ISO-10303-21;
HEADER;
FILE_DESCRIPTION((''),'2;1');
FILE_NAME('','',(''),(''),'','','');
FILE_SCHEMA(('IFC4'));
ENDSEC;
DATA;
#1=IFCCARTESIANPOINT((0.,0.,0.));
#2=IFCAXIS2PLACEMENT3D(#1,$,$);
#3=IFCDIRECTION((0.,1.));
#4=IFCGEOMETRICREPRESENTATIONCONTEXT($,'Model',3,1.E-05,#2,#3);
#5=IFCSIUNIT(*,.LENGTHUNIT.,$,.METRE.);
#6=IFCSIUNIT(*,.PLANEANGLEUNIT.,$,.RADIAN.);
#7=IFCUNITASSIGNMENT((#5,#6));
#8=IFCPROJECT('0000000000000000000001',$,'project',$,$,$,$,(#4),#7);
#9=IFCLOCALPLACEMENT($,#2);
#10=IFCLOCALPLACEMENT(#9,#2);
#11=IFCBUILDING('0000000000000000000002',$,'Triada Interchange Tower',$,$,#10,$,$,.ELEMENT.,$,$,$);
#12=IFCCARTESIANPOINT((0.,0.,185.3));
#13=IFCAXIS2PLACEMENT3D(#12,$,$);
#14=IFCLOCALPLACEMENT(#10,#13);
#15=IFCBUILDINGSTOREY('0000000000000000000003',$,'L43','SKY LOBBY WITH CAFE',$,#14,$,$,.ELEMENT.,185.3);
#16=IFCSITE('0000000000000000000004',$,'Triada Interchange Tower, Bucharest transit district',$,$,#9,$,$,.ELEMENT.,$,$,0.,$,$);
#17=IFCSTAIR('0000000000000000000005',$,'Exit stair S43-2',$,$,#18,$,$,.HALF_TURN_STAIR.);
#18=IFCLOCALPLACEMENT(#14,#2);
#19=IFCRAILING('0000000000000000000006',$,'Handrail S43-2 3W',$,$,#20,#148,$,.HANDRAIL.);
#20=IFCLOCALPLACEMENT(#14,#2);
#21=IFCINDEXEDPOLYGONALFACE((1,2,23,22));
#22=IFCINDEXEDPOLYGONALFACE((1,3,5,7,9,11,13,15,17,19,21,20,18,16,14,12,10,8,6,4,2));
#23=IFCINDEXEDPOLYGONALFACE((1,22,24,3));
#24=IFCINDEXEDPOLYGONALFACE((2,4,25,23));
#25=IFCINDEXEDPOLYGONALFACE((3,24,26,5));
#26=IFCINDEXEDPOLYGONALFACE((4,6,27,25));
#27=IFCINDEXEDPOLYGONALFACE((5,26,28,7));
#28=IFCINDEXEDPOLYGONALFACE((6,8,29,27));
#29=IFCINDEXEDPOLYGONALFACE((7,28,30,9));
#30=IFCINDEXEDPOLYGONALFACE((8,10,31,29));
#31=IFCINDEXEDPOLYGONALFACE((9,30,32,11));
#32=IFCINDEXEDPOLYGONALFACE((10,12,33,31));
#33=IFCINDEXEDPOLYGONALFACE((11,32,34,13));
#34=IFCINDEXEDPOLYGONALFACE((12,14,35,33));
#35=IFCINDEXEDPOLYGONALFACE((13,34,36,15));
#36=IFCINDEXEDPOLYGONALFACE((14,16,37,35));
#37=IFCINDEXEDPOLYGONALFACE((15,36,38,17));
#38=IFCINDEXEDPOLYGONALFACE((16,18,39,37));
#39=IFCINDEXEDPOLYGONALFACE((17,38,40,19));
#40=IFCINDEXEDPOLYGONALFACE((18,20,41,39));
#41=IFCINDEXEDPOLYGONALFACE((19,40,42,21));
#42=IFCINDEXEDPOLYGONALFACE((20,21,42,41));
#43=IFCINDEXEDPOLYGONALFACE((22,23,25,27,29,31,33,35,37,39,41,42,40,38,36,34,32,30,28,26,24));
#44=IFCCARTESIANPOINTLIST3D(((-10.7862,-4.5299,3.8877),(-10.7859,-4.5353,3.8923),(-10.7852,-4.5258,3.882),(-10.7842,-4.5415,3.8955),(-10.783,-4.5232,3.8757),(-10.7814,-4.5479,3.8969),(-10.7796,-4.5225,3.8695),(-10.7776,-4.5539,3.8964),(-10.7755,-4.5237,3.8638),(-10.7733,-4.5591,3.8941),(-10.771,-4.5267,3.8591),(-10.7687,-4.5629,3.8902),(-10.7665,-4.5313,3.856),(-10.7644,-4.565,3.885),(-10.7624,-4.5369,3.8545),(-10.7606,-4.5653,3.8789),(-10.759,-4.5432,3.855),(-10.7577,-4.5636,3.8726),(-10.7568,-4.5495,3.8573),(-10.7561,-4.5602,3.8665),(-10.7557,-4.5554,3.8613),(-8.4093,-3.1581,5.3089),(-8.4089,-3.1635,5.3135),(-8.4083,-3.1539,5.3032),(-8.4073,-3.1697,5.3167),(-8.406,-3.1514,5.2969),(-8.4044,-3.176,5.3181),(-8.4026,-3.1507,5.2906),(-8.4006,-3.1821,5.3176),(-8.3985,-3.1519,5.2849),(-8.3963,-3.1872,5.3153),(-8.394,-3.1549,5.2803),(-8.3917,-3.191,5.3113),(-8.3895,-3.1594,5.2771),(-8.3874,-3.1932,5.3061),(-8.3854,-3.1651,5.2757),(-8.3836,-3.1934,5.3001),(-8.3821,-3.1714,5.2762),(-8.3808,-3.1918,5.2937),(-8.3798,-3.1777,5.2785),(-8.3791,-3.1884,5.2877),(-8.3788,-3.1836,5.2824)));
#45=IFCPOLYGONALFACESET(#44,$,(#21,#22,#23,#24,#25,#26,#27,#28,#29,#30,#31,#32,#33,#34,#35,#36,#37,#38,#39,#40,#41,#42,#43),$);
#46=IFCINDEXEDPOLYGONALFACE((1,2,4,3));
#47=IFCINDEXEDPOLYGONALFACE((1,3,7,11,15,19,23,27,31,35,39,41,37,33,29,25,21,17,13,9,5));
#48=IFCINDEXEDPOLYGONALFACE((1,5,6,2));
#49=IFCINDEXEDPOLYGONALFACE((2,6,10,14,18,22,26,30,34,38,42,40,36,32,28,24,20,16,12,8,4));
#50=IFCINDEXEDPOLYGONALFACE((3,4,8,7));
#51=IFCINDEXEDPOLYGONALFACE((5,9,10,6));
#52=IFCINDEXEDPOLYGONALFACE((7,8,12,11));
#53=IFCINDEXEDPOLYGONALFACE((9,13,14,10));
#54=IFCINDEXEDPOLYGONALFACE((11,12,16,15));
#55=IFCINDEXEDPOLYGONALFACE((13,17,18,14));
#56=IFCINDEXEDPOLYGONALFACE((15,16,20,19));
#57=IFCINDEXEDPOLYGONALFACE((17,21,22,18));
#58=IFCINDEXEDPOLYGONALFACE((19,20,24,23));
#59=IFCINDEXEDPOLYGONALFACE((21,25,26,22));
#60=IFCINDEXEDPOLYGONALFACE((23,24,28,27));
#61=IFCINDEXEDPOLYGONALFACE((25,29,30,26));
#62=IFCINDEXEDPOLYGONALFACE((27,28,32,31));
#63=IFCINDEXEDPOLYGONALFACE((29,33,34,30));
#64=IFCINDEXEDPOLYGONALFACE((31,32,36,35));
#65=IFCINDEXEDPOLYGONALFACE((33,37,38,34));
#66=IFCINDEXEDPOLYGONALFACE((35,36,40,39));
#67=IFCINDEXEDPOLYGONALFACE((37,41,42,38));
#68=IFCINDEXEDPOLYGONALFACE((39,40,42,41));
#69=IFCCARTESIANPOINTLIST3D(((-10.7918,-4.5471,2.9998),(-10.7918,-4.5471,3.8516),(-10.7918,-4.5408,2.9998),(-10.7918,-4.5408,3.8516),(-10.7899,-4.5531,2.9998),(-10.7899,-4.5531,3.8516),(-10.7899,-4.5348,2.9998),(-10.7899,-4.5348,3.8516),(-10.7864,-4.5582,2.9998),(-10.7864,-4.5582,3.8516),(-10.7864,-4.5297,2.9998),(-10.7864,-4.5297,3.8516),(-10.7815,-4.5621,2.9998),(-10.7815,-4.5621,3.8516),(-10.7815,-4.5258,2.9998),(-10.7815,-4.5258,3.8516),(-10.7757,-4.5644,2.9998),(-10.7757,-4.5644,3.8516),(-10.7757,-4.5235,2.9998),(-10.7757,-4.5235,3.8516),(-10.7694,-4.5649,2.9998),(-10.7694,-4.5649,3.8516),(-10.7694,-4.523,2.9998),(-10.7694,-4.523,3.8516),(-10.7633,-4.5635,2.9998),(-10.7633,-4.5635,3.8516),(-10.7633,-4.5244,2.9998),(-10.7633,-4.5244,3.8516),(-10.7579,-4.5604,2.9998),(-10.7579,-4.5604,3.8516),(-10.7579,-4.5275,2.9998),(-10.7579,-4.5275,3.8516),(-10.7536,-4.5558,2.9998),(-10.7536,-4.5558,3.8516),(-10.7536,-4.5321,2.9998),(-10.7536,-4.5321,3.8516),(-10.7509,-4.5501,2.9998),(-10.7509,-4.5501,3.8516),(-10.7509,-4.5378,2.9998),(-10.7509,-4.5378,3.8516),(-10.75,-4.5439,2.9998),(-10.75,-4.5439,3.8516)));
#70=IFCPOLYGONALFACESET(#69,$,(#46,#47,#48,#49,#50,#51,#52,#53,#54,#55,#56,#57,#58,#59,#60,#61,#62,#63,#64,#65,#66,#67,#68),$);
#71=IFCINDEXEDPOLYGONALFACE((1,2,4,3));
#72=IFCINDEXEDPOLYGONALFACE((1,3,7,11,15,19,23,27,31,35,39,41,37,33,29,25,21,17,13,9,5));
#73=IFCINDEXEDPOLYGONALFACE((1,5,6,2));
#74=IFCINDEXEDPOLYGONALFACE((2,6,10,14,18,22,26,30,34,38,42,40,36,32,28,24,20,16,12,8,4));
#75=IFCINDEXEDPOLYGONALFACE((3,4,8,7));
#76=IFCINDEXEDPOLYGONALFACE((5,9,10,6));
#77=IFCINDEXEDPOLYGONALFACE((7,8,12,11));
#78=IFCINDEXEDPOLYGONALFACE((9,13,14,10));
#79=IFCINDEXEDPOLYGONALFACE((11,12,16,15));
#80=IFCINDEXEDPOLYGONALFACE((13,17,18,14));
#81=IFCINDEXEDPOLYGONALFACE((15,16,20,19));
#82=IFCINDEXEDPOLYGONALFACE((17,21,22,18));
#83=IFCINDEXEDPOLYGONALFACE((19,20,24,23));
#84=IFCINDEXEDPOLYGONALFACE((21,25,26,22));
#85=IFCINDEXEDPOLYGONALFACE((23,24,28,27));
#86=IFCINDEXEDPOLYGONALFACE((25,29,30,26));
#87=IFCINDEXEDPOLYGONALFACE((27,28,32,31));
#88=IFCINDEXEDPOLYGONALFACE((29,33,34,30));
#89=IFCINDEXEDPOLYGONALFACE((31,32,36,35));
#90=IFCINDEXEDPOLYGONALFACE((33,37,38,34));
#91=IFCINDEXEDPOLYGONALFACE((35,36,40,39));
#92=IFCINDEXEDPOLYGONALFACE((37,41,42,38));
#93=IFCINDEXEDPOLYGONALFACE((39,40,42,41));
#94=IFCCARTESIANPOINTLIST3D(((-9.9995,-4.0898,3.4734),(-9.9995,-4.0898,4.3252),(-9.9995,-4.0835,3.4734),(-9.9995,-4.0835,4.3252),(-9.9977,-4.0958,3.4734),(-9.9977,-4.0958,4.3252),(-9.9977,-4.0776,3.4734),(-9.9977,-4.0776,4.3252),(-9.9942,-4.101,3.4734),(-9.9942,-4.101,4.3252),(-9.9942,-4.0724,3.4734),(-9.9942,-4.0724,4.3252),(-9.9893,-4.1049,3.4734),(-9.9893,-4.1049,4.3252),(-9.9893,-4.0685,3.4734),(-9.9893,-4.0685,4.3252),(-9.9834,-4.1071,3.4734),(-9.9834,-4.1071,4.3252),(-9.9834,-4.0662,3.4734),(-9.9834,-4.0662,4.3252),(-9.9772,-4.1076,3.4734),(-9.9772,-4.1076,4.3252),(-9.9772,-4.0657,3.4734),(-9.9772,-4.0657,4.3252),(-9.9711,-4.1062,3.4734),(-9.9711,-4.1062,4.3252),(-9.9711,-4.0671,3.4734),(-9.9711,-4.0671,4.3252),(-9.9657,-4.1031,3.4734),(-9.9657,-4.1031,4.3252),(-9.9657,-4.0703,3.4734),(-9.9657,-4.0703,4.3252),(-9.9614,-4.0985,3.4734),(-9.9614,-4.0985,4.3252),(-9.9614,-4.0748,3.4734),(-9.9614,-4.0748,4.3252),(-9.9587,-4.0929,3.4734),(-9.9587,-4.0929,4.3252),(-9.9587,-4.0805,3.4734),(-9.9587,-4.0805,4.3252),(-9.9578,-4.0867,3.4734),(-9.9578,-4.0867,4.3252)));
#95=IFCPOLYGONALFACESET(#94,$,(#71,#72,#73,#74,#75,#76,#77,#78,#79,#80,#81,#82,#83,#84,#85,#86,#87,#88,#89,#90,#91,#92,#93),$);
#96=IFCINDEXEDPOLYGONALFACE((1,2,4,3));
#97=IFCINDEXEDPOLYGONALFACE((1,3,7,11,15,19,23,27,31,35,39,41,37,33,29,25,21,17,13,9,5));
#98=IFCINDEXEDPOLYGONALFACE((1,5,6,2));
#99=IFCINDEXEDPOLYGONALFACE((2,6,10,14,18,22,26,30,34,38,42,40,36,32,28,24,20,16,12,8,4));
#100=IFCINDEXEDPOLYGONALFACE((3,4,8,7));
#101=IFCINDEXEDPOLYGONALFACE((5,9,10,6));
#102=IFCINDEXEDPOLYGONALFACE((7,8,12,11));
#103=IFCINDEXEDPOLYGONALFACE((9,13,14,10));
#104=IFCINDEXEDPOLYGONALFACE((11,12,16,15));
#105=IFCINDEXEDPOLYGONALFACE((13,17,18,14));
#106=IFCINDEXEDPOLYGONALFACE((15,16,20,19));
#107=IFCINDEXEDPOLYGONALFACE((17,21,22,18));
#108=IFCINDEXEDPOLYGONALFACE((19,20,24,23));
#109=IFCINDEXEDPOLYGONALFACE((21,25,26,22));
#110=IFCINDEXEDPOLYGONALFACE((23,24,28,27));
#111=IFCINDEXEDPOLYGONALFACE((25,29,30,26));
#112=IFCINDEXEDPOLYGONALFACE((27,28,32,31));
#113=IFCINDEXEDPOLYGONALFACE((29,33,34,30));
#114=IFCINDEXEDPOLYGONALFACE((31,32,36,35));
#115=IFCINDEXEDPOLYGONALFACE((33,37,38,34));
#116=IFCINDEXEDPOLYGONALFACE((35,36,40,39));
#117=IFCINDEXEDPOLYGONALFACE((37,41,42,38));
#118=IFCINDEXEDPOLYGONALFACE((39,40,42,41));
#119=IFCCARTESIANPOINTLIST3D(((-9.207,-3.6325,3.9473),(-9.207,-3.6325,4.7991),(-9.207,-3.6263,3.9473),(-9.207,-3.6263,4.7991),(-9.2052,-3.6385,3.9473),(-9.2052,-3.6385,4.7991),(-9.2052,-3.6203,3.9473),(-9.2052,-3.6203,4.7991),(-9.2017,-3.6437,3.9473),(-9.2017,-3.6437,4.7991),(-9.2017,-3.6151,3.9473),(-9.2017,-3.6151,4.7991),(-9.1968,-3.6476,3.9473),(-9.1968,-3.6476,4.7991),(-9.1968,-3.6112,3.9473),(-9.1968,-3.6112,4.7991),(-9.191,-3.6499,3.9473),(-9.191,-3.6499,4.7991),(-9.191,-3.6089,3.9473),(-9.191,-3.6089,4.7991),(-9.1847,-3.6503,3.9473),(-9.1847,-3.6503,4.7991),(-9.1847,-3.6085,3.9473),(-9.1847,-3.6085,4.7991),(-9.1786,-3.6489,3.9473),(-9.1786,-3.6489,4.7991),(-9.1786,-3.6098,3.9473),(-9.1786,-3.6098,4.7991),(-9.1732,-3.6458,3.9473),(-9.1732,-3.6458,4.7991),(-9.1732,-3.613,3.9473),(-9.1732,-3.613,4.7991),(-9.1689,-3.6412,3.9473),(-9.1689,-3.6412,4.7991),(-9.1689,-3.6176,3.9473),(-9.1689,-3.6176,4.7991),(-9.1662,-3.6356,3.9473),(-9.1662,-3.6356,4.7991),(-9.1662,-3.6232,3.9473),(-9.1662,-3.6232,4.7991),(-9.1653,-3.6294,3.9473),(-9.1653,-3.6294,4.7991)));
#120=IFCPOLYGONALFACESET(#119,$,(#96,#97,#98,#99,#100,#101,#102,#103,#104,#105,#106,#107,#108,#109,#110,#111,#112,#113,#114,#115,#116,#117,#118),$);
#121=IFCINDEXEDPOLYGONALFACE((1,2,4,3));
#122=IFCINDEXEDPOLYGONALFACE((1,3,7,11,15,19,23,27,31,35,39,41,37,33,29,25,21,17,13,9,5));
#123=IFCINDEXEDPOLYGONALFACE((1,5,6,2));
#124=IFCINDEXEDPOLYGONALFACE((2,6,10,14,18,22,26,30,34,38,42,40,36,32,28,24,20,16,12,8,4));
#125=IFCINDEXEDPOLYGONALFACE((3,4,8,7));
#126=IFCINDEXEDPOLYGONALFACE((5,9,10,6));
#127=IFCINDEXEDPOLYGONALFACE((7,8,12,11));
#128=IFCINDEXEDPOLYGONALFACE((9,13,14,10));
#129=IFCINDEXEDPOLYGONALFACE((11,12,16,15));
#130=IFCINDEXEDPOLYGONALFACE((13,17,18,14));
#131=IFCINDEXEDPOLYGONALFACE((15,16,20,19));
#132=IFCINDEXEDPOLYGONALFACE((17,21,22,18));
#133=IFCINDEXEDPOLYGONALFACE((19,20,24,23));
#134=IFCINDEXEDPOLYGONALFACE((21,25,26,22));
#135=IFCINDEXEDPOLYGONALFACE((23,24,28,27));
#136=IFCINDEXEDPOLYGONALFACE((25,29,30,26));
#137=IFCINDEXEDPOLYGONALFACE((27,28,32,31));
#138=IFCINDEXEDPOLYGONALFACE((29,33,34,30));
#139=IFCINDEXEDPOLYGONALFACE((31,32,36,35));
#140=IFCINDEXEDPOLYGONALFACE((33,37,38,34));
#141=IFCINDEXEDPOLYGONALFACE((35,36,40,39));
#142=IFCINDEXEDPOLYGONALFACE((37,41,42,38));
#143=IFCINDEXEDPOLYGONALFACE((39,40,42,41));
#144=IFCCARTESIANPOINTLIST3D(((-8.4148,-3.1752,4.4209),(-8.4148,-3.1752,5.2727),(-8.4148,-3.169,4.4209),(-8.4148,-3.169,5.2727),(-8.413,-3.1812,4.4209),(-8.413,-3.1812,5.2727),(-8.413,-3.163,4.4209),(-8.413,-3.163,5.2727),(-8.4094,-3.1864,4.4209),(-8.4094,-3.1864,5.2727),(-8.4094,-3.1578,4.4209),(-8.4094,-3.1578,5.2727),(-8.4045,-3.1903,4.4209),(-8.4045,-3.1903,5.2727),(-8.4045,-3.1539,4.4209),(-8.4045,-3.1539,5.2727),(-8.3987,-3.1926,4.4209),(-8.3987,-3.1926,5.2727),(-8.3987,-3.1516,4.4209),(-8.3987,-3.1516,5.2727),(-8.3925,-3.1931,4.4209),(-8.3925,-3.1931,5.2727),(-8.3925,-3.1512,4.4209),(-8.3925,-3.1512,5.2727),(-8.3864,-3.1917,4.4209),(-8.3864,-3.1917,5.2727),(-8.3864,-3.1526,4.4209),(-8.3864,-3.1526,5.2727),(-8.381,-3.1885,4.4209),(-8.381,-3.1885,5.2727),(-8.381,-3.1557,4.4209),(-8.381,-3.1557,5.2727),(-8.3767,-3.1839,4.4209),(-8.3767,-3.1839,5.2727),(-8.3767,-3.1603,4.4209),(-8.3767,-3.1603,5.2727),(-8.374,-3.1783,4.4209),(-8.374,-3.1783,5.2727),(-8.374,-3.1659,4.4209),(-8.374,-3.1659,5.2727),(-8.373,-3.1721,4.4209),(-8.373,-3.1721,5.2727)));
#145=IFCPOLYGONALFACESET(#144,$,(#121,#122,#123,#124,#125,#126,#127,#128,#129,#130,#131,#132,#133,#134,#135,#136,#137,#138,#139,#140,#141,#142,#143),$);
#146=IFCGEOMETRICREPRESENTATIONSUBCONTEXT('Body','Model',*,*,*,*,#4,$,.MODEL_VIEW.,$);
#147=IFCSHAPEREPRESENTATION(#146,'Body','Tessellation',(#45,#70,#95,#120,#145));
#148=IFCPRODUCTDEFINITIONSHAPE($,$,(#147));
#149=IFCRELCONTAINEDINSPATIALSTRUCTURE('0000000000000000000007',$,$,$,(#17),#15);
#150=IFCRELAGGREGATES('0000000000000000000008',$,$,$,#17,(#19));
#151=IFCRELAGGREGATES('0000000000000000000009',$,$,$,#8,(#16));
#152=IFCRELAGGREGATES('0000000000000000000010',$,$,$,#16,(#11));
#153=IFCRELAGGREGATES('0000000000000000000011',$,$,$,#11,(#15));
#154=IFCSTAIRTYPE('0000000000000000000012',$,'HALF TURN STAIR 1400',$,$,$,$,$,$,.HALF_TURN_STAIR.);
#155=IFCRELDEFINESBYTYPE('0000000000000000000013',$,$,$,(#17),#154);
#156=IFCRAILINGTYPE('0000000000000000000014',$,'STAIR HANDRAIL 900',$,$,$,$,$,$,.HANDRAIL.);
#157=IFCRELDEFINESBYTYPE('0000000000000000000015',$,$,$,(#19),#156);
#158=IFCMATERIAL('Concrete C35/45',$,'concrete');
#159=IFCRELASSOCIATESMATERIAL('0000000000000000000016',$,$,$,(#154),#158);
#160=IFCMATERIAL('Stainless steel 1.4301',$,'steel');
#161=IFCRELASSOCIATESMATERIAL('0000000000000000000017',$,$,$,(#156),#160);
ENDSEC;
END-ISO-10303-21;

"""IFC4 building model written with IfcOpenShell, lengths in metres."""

from ifc_helpers import new_model, si_unit, direction, frame, origin, origin_2d, place, context, subcontext, project, spatial, circle, extrude, material, type_object, element, aggregate, save


model = new_model("IFC4")

# Units and contexts
model_context = context("Model", 3, precision=1e-05, world=origin(), true_north=direction((0.0, 1.0)))
body_context = subcontext(model_context, "Body", "Model", "MODEL_VIEW")
ifc_project = project(units=[si_unit("LENGTHUNIT", "METRE"), si_unit("PLANEANGLEUNIT", "RADIAN")], contexts=[model_context])

# Site, building, storey
site_placement = place(None, origin())
site = spatial("IfcSite", under=ifc_project, at=site_placement, Name="Triada Interchange Tower, Bucharest transit district", CompositionType="ELEMENT", RefElevation=0.0)
building_placement = place(site_placement, origin())
building = spatial("IfcBuilding", under=site, at=building_placement, Name="Triada Interchange Tower", CompositionType="ELEMENT")
storey_placement = place(building_placement, frame((0.0, 0.0, 185.3)))
storey = spatial("IfcBuildingStorey", under=building, at=storey_placement, Name="L43", Description="SKY LOBBY WITH CAFE", CompositionType="ELEMENT", Elevation=185.3)

# Shared definitions
ifc_material_1 = material(Name="Concrete C35/45", Category="concrete")

# Stair, railing
stair_type = type_object("IfcStairType", Name="HALF TURN STAIR 1400", PredefinedType="HALF_TURN_STAIR", material=ifc_material_1)
stair_placement = place(storey_placement, origin())
stair = element("IfcStair", 1, at=stair_placement, inside=storey, type_object=stair_type, Name="Exit stair S43-2", PredefinedType="HALF_TURN_STAIR")
ifc_material_2 = material(Name="Stainless steel 1.4301", Category="steel")
railing_type_1 = type_object("IfcRailingType", Name="STAIR HANDRAIL 900", PredefinedType="HANDRAIL", material=ifc_material_2)
railing_1_placement = place(storey_placement, frame((-10.771, -4.5439, 2.9998)))
railing_1 = element("IfcRailing", 2, at=railing_1_placement, type_object=railing_type_1, Name="Handrail S43-2 3W", PredefinedType="HANDRAIL", context=body_context, shape_type="SweptSolid", body=[
    extrude(circle(Radius=0.0239, at=origin_2d()), frame((0.0, 0.0, 0.876), z_axis=(0.769105, 0.443879, 0.459836), x_axis=(-0.499861, 0.866106, 0.0)), (0.0, 0.0, 1.0), 3.0906),
    extrude(circle(Radius=0.021, at=origin_2d()), origin(), (0.0, 0.0, 1.0), 0.8518),
    extrude(circle(Radius=0.021, at=origin_2d()), frame((0.7922, 0.4573, 0.4736)), (0.0, 0.0, 1.0), 0.8518),
    extrude(circle(Radius=0.021, at=origin_2d()), frame((1.5847, 0.9146, 0.9475)), (0.0, 0.0, 1.0), 0.8518),
    extrude(circle(Radius=0.021, at=origin_2d()), frame((2.377, 1.3718, 1.4211)), (0.0, 0.0, 1.0), 0.8518),
])
aggregate(stair, [railing_1])

save(model, "model.ifc")
